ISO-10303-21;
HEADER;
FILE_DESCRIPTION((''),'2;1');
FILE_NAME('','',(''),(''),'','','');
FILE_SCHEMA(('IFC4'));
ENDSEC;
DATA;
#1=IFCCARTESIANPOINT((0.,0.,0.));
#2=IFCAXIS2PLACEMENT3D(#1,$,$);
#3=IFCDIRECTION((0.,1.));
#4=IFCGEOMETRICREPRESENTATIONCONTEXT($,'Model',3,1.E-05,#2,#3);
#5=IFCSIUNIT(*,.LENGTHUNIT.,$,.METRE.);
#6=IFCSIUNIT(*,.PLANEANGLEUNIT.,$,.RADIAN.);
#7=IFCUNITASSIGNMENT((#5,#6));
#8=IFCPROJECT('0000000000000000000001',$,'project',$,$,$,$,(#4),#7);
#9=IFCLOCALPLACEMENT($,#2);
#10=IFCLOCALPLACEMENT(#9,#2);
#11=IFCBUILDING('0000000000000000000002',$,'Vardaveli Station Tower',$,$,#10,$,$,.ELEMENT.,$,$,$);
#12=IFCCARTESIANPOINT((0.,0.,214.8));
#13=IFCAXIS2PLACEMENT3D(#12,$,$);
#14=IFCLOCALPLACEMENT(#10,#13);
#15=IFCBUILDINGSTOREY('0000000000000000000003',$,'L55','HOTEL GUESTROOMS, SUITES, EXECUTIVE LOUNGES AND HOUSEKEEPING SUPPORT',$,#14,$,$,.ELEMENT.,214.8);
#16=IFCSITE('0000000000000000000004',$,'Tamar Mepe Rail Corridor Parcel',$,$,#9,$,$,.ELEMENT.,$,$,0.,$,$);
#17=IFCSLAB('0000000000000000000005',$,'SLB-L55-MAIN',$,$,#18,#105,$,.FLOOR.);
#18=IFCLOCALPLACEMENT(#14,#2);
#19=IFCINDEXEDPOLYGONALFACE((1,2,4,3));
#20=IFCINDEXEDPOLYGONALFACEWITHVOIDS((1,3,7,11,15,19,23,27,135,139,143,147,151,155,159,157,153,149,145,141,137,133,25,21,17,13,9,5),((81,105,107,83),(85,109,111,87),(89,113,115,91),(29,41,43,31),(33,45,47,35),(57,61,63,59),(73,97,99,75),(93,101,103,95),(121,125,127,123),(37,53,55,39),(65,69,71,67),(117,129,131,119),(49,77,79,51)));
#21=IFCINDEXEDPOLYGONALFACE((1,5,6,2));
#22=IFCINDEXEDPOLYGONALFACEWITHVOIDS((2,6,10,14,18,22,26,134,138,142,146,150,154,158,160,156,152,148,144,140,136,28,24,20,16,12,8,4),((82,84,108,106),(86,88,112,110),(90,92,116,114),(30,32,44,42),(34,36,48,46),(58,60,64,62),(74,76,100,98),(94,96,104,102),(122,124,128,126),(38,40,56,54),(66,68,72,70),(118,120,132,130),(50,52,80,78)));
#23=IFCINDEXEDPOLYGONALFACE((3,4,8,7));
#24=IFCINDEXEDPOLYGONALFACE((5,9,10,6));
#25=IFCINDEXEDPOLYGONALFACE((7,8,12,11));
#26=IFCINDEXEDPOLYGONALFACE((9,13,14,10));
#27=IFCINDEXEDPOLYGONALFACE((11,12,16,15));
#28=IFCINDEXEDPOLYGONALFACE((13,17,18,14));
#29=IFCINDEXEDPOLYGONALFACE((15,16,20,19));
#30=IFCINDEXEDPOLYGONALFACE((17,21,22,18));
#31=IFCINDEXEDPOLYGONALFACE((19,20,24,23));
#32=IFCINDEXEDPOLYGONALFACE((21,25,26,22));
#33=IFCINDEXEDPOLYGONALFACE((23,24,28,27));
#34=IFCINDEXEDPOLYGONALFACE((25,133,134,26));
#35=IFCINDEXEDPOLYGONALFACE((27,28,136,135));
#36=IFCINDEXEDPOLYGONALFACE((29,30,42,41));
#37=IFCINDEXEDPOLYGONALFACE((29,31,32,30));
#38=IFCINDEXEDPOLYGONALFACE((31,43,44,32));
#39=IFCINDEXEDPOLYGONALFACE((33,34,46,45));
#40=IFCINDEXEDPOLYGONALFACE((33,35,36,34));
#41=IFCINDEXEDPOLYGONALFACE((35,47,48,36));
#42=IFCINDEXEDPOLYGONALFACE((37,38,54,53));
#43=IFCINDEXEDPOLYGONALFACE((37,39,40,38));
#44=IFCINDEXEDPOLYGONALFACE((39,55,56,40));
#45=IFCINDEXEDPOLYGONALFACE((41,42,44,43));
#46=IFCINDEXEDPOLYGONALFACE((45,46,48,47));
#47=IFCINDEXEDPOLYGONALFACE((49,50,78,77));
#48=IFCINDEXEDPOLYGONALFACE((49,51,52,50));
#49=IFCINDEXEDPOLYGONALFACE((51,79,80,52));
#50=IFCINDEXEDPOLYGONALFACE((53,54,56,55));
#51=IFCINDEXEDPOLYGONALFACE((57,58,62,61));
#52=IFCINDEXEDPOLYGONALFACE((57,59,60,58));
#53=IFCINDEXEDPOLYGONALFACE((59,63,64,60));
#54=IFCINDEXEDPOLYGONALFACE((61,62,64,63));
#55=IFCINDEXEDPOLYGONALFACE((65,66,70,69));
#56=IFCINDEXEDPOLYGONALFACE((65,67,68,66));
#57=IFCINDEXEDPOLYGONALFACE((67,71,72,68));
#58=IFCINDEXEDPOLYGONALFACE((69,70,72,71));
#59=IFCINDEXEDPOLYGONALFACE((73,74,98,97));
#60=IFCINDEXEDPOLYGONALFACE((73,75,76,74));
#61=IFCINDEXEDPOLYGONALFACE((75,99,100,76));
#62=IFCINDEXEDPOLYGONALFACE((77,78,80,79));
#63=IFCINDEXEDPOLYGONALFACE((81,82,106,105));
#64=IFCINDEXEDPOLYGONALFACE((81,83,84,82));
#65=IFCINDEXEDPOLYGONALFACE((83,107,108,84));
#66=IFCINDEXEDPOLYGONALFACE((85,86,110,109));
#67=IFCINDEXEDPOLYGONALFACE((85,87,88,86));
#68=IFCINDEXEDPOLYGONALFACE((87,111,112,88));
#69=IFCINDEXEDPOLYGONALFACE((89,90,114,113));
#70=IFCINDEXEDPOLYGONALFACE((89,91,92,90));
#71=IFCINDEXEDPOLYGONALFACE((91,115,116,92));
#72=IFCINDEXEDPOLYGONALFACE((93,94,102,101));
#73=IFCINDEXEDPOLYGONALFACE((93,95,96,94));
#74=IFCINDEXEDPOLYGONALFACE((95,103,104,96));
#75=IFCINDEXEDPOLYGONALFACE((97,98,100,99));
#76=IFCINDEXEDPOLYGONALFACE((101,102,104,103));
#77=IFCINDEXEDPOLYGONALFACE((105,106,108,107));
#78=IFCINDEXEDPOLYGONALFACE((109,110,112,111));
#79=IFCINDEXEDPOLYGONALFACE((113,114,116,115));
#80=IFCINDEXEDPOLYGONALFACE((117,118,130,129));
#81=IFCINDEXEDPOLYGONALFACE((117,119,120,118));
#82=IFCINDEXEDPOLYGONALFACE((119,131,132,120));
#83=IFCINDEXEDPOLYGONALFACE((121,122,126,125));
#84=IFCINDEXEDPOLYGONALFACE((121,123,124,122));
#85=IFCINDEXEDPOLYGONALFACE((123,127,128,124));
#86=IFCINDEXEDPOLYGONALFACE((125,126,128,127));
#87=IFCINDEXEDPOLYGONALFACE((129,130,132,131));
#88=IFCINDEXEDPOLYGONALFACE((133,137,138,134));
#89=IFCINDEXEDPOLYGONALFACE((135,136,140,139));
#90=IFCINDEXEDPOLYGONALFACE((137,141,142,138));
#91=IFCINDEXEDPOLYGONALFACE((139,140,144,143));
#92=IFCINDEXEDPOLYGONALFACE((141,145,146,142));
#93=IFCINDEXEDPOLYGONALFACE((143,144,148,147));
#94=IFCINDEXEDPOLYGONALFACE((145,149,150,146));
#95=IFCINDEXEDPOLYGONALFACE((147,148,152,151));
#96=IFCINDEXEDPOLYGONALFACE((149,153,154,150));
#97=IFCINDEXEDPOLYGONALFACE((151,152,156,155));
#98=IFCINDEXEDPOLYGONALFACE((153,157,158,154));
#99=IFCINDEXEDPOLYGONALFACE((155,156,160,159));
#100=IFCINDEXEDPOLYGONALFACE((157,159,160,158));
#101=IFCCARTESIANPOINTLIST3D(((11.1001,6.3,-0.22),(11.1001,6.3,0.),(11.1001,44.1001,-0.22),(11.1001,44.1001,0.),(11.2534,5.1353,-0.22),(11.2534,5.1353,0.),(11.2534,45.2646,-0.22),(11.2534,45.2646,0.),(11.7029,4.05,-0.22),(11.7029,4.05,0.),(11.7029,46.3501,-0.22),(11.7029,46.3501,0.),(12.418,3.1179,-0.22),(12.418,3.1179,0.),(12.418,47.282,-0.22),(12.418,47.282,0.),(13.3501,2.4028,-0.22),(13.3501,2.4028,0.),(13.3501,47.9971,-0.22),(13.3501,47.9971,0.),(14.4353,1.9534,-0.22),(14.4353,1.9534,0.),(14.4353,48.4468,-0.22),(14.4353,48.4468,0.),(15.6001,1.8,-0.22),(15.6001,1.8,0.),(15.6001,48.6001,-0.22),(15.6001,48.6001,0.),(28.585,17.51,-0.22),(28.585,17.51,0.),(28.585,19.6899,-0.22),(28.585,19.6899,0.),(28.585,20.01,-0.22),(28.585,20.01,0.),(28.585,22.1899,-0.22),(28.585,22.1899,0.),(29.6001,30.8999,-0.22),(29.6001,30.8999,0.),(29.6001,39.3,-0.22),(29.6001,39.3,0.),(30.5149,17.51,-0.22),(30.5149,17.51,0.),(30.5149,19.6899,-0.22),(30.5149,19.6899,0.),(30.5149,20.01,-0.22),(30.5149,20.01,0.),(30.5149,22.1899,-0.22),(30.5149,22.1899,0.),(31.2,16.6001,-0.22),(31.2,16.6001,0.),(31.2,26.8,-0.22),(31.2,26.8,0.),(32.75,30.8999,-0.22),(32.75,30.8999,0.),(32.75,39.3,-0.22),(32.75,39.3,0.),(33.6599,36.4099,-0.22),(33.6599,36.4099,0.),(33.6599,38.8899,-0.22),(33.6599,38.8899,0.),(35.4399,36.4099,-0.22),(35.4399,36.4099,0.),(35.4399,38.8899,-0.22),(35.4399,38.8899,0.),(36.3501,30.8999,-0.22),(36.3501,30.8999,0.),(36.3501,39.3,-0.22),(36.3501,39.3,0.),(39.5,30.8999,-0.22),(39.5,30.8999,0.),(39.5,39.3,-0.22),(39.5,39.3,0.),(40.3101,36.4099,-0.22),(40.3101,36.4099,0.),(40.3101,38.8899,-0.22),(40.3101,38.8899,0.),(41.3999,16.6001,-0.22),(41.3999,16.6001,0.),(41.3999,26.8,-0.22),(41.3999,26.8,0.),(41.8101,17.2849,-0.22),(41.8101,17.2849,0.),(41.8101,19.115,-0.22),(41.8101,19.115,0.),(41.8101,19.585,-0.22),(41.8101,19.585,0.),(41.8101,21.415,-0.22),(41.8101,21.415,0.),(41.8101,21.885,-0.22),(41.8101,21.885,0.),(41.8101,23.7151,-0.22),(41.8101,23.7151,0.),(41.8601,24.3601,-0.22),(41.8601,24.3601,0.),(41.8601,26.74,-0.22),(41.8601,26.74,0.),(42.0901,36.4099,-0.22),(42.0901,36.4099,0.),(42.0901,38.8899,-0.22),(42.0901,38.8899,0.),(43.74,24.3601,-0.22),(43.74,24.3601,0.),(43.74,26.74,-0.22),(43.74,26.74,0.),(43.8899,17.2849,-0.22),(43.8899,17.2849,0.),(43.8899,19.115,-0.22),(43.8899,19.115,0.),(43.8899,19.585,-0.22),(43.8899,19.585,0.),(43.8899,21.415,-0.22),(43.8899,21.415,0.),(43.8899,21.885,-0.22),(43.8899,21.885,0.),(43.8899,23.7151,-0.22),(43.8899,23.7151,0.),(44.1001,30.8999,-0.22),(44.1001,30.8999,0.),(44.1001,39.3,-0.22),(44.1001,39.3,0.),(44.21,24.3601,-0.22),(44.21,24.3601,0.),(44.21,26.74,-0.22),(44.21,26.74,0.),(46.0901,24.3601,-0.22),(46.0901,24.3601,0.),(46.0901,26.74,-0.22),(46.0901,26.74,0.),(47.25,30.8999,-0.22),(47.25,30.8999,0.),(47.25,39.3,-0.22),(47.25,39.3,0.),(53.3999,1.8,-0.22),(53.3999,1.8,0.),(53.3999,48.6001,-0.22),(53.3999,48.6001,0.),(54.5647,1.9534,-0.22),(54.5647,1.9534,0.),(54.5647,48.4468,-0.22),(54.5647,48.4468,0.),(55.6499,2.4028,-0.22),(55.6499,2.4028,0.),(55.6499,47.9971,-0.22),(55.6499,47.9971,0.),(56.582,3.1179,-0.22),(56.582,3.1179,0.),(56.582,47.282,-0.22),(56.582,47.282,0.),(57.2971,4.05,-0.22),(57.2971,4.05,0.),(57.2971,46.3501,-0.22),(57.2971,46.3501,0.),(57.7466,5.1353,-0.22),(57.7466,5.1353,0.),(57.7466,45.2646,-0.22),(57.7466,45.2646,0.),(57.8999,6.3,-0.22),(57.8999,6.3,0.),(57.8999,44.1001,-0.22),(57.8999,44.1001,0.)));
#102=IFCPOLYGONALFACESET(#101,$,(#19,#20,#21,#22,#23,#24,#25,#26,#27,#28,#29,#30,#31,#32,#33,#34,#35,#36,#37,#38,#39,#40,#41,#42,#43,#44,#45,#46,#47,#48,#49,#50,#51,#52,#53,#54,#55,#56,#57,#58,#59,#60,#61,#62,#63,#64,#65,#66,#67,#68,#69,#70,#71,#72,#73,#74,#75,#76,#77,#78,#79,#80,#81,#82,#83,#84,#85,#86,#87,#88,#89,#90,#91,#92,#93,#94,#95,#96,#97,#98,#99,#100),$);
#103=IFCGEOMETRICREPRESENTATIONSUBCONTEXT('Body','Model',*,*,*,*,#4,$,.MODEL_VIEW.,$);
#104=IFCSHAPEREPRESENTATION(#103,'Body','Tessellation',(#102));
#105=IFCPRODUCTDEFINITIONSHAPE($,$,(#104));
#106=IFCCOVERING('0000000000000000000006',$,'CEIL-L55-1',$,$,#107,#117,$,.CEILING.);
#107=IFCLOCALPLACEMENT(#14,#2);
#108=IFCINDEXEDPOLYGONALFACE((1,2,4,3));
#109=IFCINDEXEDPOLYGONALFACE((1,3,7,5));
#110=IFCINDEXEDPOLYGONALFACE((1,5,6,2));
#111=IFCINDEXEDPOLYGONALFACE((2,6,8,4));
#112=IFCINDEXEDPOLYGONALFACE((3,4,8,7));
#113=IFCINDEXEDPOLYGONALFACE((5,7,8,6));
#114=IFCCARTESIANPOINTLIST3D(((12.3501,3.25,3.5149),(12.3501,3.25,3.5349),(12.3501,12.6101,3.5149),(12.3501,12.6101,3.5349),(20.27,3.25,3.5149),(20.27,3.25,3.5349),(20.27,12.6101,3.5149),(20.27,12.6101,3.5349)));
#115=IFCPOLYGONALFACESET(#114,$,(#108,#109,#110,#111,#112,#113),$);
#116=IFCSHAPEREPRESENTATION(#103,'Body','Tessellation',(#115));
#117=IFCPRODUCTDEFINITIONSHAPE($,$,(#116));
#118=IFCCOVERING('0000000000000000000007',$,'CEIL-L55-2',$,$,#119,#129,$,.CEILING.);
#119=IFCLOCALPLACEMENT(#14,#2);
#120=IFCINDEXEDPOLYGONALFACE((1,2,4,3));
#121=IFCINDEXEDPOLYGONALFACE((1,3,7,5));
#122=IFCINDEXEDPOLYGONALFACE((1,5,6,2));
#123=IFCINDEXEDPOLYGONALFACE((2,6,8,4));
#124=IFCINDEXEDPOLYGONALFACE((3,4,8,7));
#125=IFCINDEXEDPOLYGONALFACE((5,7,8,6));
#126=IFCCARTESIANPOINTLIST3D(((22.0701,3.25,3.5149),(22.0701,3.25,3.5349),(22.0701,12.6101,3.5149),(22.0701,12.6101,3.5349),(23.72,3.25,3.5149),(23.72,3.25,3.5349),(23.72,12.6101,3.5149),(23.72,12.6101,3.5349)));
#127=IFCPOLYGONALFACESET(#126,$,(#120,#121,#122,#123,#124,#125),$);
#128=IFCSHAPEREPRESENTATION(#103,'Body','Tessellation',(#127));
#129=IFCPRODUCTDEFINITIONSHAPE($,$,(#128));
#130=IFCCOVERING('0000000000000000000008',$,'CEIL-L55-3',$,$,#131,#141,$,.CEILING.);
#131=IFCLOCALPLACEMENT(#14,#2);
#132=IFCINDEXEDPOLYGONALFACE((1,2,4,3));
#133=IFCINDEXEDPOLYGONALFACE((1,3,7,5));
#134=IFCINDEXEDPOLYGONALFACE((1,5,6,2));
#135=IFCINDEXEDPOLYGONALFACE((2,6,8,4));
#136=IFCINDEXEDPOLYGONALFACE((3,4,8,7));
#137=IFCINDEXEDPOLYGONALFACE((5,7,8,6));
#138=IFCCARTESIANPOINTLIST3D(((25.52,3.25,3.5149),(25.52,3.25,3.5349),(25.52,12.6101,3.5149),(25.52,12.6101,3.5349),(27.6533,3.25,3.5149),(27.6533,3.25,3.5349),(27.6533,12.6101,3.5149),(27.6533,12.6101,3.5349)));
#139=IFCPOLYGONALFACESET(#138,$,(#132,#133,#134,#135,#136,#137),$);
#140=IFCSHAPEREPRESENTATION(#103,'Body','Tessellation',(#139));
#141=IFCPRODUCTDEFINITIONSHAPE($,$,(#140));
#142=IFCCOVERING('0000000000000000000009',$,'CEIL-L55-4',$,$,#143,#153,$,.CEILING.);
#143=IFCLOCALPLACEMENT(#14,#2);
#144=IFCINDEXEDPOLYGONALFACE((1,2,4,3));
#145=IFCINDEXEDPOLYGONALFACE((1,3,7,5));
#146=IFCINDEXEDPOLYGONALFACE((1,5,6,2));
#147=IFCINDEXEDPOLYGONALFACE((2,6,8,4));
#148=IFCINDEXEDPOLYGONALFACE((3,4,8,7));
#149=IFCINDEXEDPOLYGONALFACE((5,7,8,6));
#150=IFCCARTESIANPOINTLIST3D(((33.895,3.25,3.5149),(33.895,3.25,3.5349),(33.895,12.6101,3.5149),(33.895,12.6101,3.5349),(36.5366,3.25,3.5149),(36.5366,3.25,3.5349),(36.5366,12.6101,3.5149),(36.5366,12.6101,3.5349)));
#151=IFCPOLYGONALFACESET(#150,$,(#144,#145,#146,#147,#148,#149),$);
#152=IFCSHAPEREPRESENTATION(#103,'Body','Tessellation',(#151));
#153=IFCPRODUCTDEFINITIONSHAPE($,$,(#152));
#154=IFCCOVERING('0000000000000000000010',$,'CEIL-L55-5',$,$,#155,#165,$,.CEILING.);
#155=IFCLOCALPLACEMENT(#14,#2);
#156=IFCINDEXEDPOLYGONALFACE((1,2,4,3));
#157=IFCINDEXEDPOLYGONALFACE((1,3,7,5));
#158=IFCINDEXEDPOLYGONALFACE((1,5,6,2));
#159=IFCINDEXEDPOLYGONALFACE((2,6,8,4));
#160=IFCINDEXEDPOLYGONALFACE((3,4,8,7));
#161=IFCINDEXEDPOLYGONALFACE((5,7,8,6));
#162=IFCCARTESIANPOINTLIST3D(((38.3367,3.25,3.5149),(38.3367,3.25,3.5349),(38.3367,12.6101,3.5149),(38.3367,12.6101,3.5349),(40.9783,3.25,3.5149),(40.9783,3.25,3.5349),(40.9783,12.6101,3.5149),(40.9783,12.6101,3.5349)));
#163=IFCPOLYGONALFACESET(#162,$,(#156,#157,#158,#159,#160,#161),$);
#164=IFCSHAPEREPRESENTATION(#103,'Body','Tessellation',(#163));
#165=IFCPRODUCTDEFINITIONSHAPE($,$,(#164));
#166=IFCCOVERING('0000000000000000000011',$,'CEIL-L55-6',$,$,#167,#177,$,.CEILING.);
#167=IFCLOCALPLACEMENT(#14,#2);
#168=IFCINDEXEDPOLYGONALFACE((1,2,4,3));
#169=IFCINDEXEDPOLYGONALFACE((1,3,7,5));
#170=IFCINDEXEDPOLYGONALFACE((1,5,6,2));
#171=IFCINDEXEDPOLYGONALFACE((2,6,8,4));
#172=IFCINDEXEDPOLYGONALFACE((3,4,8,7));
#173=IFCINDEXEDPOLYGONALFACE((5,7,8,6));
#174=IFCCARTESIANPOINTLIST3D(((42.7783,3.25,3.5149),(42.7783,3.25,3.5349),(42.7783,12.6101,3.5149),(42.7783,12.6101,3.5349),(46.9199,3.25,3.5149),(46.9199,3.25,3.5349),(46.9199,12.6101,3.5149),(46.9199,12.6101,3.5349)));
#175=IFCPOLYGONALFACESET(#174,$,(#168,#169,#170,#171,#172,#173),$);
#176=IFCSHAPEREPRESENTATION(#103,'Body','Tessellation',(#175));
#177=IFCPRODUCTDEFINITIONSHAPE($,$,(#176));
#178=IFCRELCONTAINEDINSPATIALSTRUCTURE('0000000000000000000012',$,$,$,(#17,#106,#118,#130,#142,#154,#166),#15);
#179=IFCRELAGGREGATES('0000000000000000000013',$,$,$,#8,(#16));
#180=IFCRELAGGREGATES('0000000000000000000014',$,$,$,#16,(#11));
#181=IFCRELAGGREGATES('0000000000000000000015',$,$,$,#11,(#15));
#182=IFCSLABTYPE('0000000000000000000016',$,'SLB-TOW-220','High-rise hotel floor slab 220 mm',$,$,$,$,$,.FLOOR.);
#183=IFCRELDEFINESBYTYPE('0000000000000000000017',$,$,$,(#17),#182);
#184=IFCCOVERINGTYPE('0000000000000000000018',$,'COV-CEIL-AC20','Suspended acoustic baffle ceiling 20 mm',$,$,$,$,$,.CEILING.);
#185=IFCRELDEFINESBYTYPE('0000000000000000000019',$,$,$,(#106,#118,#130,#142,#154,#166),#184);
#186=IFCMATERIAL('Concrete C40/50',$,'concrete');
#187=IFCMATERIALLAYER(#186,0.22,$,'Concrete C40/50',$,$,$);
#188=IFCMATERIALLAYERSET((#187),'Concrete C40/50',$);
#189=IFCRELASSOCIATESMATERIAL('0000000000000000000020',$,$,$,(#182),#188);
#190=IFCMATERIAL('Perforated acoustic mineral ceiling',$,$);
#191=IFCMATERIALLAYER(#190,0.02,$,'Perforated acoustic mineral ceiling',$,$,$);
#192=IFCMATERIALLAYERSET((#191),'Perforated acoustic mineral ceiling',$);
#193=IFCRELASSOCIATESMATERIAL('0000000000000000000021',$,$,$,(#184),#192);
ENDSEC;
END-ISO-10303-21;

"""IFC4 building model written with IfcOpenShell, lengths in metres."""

from ifc_helpers import new_model, si_unit, direction, frame, origin, place, context, subcontext, project, spatial, polyline, outline, extrude, material, layer, layer_set, type_object, element, save


model = new_model("IFC4")

# Units and contexts
model_context = context("Model", 3, precision=1e-05, world=origin(), true_north=direction((0.0, 1.0)))
body_context = subcontext(model_context, "Body", "Model", "MODEL_VIEW")
ifc_project = project(units=[si_unit("LENGTHUNIT", "METRE"), si_unit("PLANEANGLEUNIT", "RADIAN")], contexts=[model_context])

# Site, building, storey
site_placement = place(None, origin())
site = spatial("IfcSite", under=ifc_project, at=site_placement, Name="Tamar Mepe Rail Corridor Parcel", CompositionType="ELEMENT", RefElevation=0.0)
building_placement = place(site_placement, origin())
building = spatial("IfcBuilding", under=site, at=building_placement, Name="Vardaveli Station Tower", CompositionType="ELEMENT")
storey_placement = place(building_placement, frame((0.0, 0.0, 214.8)))
storey = spatial("IfcBuildingStorey", under=building, at=storey_placement, Name="L55", Description="HOTEL GUESTROOMS, SUITES, EXECUTIVE LOUNGES AND HOUSEKEEPING SUPPORT", CompositionType="ELEMENT", Elevation=214.8)

# Shared definitions
ifc_material_1 = material(Name="Concrete C40/50", Category="concrete")

# Slab
ifc_layer_1 = layer(ifc_material_1, 0.22, Name="Concrete C40/50")
ifc_layer_set_1 = layer_set([ifc_layer_1], Name="Concrete C40/50")
slab_type_1 = type_object("IfcSlabType", Name="SLB-TOW-220", Description="High-rise hotel floor slab 220 mm", PredefinedType="FLOOR", material=ifc_layer_set_1)
slab_1_placement = place(storey_placement, frame((0.0, 0.0, -0.22)))
element("IfcSlab", 1, at=slab_1_placement, inside=storey, type_object=slab_type_1, Name="SLB-L55-MAIN", PredefinedType="FLOOR", context=body_context, shape_type="SweptSolid", body=[
    extrude(outline(polyline([(11.1001, 6.3), (11.2534, 5.1353), (11.7029, 4.05), (12.418, 3.1179), (13.3501, 2.4028), (14.4353, 1.9534), (15.6001, 1.8), (53.3999, 1.8), (54.5647, 1.9534), (55.6499, 2.4028), (56.582, 3.1179), (57.2971, 4.05), (57.7466, 5.1353), (57.8999, 6.3), (57.8999, 44.1001), (57.7466, 45.2646), (57.2971, 46.3501), (56.582, 47.282), (55.6499, 47.9971), (54.5647, 48.4468), (53.3999, 48.6001), (15.6001, 48.6001), (14.4353, 48.4468), (13.3501, 47.9971), (12.418, 47.282), (11.7029, 46.3501), (11.2534, 45.2646), (11.1001, 44.1001), (11.1001, 6.3)]), holes=[polyline([(31.2, 16.6001), (41.3999, 16.6001), (41.3999, 26.8), (31.2, 26.8), (31.2, 16.6001)]), polyline([(32.75, 30.8999), (32.75, 39.3), (29.6001, 39.3), (29.6001, 30.8999), (32.75, 30.8999)]), polyline([(39.5, 30.8999), (39.5, 39.3), (36.3501, 39.3), (36.3501, 30.8999), (39.5, 30.8999)]), polyline([(47.25, 30.8999), (47.25, 39.3), (44.1001, 39.3), (44.1001, 30.8999), (47.25, 30.8999)]), polyline([(33.6599, 36.4099), (35.4399, 36.4099), (35.4399, 38.8899), (33.6599, 38.8899), (33.6599, 36.4099)]), polyline([(40.3101, 36.4099), (42.0901, 36.4099), (42.0901, 38.8899), (40.3101, 38.8899), (40.3101, 36.4099)]), polyline([(41.8101, 21.885), (43.8899, 21.885), (43.8899, 23.7151), (41.8101, 23.7151), (41.8101, 21.885)]), polyline([(41.8101, 19.585), (43.8899, 19.585), (43.8899, 21.415), (41.8101, 21.415), (41.8101, 19.585)]), polyline([(41.8101, 17.2849), (43.8899, 17.2849), (43.8899, 19.115), (41.8101, 19.115), (41.8101, 17.2849)]), polyline([(28.585, 17.51), (30.5149, 17.51), (30.5149, 19.6899), (28.585, 19.6899), (28.585, 17.51)]), polyline([(28.585, 20.01), (30.5149, 20.01), (30.5149, 22.1899), (28.585, 22.1899), (28.585, 20.01)]), polyline([(41.8601, 24.3601), (43.74, 24.3601), (43.74, 26.74), (41.8601, 26.74), (41.8601, 24.3601)]), polyline([(44.21, 24.3601), (46.0901, 24.3601), (46.0901, 26.74), (44.21, 26.74), (44.21, 24.3601)])]), origin(), (0.0, 0.0, 1.0), 0.22),
])

# Coverings
ifc_material_2 = material(Name="Perforated acoustic mineral ceiling")
ifc_layer_2 = layer(ifc_material_2, 0.02, Name="Perforated acoustic mineral ceiling")
ifc_layer_set_2 = layer_set([ifc_layer_2], Name="Perforated acoustic mineral ceiling")
covering_type_1 = type_object("IfcCoveringType", Name="COV-CEIL-AC20", Description="Suspended acoustic baffle ceiling 20 mm", PredefinedType="CEILING", material=ifc_layer_set_2)
covering_1_placement = place(storey_placement, frame((0.0, 0.0, 3.5149)))
element("IfcCovering", 2, at=covering_1_placement, inside=storey, type_object=covering_type_1, Name="CEIL-L55-1", PredefinedType="CEILING", context=body_context, shape_type="SweptSolid", body=[
    extrude(outline(polyline([(12.3501, 3.25), (20.27, 3.25), (20.27, 12.6101), (12.3501, 12.6101), (12.3501, 3.25)])), origin(), (0.0, 0.0, 1.0), 0.02),
])
covering_2_placement = place(storey_placement, frame((0.0, 0.0, 3.5149)))
element("IfcCovering", 3, at=covering_2_placement, inside=storey, type_object=covering_type_1, Name="CEIL-L55-2", PredefinedType="CEILING", context=body_context, shape_type="SweptSolid", body=[
    extrude(outline(polyline([(22.0701, 3.25), (23.72, 3.25), (23.72, 12.6101), (22.0701, 12.6101), (22.0701, 3.25)])), origin(), (0.0, 0.0, 1.0), 0.02),
])
covering_3_placement = place(storey_placement, frame((0.0, 0.0, 3.5149)))
element("IfcCovering", 4, at=covering_3_placement, inside=storey, type_object=covering_type_1, Name="CEIL-L55-3", PredefinedType="CEILING", context=body_context, shape_type="SweptSolid", body=[
    extrude(outline(polyline([(25.52, 3.25), (27.6533, 3.25), (27.6533, 12.6101), (25.52, 12.6101), (25.52, 3.25)])), origin(), (0.0, 0.0, 1.0), 0.02),
])
covering_4_placement = place(storey_placement, frame((0.0, 0.0, 3.5149)))
element("IfcCovering", 5, at=covering_4_placement, inside=storey, type_object=covering_type_1, Name="CEIL-L55-4", PredefinedType="CEILING", context=body_context, shape_type="SweptSolid", body=[
    extrude(outline(polyline([(33.895, 3.25), (36.5366, 3.25), (36.5366, 12.6101), (33.895, 12.6101), (33.895, 3.25)])), origin(), (0.0, 0.0, 1.0), 0.02),
])
covering_5_placement = place(storey_placement, frame((0.0, 0.0, 3.5149)))
element("IfcCovering", 6, at=covering_5_placement, inside=storey, type_object=covering_type_1, Name="CEIL-L55-5", PredefinedType="CEILING", context=body_context, shape_type="SweptSolid", body=[
    extrude(outline(polyline([(38.3367, 3.25), (40.9783, 3.25), (40.9783, 12.6101), (38.3367, 12.6101), (38.3367, 3.25)])), origin(), (0.0, 0.0, 1.0), 0.02),
])
covering_6_placement = place(storey_placement, frame((0.0, 0.0, 3.5149)))
element("IfcCovering", 7, at=covering_6_placement, inside=storey, type_object=covering_type_1, Name="CEIL-L55-6", PredefinedType="CEILING", context=body_context, shape_type="SweptSolid", body=[
    extrude(outline(polyline([(42.7783, 3.25), (46.9199, 3.25), (46.9199, 12.6101), (42.7783, 12.6101), (42.7783, 3.25)])), origin(), (0.0, 0.0, 1.0), 0.02),
])

save(model, "model.ifc")
